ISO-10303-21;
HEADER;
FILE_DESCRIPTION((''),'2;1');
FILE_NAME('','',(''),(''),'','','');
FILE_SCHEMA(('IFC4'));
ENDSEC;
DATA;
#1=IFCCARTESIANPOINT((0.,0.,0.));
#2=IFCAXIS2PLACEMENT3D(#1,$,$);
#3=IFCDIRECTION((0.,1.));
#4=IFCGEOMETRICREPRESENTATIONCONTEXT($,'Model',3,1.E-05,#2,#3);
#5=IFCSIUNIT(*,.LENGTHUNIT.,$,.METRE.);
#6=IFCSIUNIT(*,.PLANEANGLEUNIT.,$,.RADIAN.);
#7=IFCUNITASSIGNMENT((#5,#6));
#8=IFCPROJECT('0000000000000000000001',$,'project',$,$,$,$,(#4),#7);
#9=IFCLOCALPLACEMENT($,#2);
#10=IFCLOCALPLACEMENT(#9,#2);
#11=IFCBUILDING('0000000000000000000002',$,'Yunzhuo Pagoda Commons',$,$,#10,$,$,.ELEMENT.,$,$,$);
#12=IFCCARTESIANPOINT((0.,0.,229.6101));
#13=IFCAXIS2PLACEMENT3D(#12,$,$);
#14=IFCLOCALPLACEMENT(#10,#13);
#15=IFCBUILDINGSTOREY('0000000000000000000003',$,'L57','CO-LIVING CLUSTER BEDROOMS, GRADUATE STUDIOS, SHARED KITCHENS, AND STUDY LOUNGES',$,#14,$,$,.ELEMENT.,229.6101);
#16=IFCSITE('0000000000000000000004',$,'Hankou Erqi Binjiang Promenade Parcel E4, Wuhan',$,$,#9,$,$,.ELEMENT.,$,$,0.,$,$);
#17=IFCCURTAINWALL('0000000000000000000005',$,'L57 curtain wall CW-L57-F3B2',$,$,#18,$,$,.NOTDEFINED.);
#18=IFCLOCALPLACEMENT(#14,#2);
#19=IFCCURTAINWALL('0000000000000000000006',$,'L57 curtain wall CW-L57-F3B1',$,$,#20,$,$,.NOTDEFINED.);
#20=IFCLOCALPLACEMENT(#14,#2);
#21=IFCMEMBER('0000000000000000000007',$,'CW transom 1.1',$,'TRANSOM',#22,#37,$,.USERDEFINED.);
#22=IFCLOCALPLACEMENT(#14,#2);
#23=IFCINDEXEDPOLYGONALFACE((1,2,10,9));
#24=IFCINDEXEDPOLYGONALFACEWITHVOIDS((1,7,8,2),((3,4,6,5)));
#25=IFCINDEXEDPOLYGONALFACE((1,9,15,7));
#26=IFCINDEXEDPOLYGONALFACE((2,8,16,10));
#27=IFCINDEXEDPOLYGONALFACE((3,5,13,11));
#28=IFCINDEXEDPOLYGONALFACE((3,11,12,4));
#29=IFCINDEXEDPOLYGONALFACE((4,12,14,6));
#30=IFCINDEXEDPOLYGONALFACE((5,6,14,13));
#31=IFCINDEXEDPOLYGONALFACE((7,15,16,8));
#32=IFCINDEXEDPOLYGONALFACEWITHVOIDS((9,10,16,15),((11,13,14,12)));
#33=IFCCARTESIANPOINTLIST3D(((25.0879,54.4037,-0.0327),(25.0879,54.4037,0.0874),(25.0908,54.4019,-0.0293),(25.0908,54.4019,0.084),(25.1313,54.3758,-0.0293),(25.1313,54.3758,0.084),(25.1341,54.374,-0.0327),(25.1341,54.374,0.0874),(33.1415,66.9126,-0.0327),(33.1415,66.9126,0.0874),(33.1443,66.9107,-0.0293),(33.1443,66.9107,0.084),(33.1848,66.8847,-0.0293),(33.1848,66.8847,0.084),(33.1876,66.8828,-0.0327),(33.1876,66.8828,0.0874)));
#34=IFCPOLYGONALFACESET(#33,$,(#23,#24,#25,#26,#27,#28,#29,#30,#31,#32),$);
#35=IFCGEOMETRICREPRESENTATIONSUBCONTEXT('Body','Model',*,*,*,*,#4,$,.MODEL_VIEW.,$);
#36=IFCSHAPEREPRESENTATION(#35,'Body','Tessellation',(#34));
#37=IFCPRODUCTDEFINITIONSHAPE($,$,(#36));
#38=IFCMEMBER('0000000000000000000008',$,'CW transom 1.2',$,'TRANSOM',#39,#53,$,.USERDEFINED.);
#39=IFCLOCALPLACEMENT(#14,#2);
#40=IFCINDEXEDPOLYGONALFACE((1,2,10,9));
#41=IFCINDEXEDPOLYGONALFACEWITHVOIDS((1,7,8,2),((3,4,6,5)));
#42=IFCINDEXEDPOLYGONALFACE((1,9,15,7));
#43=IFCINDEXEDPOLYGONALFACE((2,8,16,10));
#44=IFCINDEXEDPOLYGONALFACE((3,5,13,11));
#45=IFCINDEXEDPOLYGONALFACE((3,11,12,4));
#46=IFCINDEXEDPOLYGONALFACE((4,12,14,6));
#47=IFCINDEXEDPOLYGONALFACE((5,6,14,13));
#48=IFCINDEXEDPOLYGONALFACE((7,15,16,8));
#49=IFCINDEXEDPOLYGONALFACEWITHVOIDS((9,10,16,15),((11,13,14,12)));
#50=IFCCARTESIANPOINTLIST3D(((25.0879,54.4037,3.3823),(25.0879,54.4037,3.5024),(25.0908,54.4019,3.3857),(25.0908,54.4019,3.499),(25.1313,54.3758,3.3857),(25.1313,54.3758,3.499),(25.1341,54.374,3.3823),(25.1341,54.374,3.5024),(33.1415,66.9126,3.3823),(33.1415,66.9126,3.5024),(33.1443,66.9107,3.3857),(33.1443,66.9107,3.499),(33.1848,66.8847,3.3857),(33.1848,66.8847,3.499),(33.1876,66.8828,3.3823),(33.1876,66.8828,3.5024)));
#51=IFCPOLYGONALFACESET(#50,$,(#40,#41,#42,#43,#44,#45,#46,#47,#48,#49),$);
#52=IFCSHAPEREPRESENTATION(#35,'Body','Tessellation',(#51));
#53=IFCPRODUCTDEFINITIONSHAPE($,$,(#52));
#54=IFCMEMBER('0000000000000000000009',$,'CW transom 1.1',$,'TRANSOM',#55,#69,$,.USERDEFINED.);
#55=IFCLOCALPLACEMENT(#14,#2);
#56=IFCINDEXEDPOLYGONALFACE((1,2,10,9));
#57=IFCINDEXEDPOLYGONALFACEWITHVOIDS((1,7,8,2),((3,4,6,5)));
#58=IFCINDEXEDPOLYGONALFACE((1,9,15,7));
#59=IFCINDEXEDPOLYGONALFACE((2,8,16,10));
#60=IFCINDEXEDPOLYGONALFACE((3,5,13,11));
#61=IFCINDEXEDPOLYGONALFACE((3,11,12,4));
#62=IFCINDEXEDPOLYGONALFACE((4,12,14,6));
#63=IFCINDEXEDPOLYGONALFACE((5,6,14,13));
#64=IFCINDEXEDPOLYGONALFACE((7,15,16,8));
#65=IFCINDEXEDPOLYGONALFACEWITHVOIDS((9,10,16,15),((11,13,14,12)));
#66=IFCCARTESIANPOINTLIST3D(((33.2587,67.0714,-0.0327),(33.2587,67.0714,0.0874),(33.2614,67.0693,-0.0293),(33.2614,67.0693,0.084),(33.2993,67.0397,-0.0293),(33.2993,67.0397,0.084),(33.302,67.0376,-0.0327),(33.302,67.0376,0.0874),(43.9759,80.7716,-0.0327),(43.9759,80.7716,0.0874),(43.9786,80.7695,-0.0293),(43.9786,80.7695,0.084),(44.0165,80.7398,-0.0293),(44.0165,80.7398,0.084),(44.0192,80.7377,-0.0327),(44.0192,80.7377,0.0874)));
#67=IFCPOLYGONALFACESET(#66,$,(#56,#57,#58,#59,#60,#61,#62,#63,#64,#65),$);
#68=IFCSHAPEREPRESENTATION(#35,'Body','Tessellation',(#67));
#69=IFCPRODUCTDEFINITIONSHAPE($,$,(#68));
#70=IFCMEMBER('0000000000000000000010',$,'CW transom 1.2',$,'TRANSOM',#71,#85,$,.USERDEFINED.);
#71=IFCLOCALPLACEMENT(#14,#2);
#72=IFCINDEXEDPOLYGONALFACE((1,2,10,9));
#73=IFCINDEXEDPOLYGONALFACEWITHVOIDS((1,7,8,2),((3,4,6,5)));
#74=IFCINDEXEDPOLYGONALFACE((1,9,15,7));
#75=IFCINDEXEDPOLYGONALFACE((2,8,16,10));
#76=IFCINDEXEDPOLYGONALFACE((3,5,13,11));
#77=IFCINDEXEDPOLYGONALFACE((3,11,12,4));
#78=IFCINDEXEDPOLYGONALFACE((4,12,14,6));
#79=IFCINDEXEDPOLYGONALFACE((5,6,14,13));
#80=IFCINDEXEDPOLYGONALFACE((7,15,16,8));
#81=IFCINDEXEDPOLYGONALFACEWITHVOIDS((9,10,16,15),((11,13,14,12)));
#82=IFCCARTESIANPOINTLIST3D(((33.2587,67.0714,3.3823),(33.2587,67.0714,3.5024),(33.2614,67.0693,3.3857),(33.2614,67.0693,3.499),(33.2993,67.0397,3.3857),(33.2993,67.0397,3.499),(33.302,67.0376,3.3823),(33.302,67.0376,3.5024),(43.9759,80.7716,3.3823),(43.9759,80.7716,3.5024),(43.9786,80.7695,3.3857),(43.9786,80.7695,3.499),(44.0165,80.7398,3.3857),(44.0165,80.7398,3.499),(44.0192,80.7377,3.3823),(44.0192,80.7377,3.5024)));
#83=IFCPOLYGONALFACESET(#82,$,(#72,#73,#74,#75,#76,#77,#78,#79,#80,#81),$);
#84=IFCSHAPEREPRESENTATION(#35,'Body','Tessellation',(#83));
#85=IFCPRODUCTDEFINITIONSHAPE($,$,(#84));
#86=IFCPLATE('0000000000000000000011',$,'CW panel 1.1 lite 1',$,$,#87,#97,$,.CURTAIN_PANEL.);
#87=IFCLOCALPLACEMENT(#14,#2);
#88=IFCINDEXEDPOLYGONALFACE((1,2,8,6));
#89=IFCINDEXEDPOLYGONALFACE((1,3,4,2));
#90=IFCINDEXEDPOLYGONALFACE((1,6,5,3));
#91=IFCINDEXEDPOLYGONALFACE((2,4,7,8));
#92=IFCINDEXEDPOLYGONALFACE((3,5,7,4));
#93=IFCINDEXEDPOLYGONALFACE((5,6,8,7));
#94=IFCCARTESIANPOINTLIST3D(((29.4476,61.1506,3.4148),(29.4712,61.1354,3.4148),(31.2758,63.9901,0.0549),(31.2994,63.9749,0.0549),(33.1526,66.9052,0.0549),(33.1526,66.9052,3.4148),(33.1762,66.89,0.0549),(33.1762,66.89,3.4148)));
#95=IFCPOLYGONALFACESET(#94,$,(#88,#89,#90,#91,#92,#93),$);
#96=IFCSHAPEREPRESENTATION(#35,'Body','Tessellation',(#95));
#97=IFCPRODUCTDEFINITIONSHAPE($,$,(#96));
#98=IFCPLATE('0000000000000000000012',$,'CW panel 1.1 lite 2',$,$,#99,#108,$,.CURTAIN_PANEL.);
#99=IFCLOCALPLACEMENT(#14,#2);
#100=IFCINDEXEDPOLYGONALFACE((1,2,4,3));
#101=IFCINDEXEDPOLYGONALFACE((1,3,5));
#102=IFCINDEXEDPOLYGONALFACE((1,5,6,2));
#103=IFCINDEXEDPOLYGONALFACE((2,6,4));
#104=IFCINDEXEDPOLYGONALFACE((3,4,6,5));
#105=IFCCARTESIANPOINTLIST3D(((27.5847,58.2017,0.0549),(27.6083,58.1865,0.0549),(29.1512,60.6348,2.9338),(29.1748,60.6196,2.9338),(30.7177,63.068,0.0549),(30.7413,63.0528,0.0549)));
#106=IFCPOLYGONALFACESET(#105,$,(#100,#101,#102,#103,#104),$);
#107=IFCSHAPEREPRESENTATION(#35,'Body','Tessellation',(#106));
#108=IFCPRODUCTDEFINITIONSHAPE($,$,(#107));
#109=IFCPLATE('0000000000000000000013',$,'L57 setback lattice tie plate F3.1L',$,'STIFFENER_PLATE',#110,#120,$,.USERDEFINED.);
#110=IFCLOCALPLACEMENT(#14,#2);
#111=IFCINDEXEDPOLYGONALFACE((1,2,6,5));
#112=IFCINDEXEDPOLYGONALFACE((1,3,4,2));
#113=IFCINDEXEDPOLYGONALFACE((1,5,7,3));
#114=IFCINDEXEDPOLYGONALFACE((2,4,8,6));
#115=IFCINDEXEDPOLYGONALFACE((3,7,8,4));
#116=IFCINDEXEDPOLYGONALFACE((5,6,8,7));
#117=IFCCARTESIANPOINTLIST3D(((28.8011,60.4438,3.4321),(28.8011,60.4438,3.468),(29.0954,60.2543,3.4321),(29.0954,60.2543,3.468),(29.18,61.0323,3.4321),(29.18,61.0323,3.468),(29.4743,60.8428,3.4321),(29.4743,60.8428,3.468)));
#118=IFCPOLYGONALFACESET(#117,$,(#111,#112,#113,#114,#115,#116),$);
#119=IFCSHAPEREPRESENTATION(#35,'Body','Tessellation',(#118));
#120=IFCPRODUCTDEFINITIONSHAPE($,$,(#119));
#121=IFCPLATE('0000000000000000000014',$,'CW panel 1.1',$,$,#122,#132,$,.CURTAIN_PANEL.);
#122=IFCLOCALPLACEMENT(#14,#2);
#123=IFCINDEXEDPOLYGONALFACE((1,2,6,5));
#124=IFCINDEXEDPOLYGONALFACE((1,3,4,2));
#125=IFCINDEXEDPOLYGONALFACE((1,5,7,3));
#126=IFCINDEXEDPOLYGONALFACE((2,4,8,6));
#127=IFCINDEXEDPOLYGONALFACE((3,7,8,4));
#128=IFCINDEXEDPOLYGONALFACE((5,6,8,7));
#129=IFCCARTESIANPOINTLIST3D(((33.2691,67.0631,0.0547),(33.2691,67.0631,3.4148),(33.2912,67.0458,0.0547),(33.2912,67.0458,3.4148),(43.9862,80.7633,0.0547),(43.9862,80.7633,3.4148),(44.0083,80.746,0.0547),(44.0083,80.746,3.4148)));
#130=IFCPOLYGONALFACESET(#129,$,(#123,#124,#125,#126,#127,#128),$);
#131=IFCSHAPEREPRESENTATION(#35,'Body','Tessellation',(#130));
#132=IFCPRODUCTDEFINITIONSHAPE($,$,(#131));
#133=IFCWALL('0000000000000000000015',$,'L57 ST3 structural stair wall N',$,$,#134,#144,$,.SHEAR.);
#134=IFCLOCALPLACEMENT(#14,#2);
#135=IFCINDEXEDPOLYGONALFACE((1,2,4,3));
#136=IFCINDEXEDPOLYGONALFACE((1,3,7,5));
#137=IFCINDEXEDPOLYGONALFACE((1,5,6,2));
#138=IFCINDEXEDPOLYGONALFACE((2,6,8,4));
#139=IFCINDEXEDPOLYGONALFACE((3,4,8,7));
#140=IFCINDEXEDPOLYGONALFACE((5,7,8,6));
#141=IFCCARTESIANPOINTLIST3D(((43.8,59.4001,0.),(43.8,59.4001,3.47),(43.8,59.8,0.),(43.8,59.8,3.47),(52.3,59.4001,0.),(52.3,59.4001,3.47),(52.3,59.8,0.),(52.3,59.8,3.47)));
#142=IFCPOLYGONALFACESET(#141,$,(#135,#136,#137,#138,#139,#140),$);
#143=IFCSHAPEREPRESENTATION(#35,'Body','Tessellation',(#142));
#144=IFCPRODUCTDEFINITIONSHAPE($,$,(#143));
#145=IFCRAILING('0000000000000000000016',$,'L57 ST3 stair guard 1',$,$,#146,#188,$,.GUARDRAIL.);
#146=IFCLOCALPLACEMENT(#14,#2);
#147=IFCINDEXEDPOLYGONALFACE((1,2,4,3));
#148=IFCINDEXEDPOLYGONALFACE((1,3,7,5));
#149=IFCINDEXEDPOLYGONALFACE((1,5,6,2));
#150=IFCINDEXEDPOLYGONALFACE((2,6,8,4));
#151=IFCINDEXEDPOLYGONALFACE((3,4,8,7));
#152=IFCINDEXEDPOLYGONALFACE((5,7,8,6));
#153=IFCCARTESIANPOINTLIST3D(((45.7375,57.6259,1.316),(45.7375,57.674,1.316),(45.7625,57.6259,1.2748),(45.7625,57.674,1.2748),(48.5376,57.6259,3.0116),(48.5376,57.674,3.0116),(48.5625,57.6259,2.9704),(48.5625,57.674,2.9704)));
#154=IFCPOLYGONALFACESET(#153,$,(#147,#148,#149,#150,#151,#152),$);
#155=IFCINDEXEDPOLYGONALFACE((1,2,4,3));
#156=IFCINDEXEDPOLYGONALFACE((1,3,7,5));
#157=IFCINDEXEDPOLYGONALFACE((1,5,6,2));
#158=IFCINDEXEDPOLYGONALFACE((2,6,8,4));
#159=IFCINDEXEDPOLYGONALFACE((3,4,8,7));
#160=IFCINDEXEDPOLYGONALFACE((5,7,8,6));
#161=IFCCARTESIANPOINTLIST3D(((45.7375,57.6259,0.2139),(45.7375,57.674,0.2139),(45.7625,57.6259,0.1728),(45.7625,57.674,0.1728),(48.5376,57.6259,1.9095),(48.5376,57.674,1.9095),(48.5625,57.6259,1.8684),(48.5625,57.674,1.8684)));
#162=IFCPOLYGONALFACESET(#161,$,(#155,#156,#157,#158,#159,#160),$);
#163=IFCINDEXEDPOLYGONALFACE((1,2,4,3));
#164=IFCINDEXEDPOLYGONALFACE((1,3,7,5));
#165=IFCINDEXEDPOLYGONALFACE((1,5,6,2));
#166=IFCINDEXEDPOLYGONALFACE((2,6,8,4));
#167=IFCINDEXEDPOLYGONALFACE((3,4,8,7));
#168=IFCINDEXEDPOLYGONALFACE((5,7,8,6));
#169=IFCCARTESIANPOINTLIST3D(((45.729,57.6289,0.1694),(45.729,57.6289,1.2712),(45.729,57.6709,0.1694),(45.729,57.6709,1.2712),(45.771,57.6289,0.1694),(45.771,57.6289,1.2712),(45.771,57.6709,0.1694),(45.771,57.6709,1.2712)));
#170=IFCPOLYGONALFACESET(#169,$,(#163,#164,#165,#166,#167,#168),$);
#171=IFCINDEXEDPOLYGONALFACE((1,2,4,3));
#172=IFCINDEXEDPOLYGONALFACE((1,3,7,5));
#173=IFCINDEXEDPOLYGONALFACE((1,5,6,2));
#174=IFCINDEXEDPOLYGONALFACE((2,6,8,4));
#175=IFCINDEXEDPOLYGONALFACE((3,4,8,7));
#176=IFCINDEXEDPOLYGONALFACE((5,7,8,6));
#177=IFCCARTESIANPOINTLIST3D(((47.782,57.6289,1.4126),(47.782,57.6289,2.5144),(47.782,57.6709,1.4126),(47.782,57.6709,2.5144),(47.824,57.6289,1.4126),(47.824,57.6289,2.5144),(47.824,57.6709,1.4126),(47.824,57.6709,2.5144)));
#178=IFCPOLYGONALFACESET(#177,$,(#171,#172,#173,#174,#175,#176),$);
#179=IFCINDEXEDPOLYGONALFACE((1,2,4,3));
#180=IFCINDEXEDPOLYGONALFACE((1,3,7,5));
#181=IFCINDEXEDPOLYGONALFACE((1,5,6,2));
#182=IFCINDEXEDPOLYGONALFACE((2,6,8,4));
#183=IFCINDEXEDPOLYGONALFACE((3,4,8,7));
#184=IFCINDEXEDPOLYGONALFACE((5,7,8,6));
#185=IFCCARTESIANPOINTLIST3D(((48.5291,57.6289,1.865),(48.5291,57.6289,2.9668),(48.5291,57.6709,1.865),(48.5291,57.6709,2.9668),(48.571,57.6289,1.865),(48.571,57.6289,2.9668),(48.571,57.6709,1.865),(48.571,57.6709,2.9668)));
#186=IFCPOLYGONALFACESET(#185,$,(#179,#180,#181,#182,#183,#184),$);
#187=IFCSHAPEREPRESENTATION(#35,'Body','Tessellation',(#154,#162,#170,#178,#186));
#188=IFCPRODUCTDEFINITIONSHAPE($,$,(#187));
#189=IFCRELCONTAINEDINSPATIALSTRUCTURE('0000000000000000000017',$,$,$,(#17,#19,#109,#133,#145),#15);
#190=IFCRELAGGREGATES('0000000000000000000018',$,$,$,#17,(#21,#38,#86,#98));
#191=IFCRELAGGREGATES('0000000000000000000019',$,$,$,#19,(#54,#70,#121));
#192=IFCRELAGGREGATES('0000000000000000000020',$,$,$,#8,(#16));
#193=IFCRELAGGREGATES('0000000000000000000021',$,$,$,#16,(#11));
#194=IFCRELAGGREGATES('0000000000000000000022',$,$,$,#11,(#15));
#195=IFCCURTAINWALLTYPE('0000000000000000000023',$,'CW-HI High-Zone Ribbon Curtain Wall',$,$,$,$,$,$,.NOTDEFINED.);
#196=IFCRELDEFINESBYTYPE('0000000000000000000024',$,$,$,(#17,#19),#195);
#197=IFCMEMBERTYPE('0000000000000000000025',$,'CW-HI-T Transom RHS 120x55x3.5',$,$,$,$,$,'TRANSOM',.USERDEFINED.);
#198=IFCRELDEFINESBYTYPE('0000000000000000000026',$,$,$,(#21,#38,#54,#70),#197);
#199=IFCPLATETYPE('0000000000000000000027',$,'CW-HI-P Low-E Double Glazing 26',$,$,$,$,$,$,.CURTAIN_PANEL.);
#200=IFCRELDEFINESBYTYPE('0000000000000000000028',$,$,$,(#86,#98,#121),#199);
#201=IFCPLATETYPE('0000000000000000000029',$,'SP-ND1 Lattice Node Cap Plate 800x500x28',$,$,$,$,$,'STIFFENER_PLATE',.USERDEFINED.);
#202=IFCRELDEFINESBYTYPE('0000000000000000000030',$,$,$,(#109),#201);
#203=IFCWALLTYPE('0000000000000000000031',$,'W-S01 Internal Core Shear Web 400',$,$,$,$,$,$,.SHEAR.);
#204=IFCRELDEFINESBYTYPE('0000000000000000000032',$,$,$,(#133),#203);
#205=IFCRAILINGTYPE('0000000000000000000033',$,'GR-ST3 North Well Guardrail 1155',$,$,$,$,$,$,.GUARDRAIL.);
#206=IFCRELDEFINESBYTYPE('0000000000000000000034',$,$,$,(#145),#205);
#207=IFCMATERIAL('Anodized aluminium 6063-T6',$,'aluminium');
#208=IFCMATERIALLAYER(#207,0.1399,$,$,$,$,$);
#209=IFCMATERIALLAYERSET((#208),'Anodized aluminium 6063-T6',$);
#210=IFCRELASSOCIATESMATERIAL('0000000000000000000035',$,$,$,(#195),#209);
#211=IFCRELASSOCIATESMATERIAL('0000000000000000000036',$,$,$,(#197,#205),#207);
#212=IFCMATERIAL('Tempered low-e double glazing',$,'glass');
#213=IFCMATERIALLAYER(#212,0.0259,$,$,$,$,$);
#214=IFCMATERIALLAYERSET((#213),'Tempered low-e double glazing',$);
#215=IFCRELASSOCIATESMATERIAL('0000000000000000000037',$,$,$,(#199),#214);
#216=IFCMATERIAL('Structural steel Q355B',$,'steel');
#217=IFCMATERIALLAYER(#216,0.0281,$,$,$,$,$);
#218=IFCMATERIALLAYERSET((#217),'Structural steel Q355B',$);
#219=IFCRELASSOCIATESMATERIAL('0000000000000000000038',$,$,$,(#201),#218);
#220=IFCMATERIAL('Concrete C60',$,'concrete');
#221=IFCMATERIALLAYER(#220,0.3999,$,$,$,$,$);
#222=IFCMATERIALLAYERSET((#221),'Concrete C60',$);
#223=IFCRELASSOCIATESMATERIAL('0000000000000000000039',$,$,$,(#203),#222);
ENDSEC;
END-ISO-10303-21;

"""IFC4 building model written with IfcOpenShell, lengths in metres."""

from ifc_helpers import new_model, si_unit, direction, frame, frame_2d, origin, origin_2d, place, context, subcontext, project, spatial, polyline, rectangle, hollow_rectangle, outline, extrude, source, transform, mapped, material, layer, layer_set, material_profile, profile_set, type_object, element, aggregate, save


model = new_model("IFC4")

# Units and contexts
model_context = context("Model", 3, precision=1e-05, world=origin(), true_north=direction((0.0, 1.0)))
body_context = subcontext(model_context, "Body", "Model", "MODEL_VIEW")
ifc_project = project(units=[si_unit("LENGTHUNIT", "METRE"), si_unit("PLANEANGLEUNIT", "RADIAN")], contexts=[model_context])

# Site, building, storey
site_placement = place(None, origin())
site = spatial("IfcSite", under=ifc_project, at=site_placement, Name="Hankou Erqi Binjiang Promenade Parcel E4, Wuhan", CompositionType="ELEMENT", RefElevation=0.0)
building_placement = place(site_placement, origin())
building = spatial("IfcBuilding", under=site, at=building_placement, Name="Yunzhuo Pagoda Commons", CompositionType="ELEMENT")
storey_placement = place(building_placement, frame((0.0, 0.0, 229.6101)))
storey = spatial("IfcBuildingStorey", under=building, at=storey_placement, Name="L57", Description="CO-LIVING CLUSTER BEDROOMS, GRADUATE STUDIOS, SHARED KITCHENS, AND STUDY LOUNGES", CompositionType="ELEMENT", Elevation=229.6101)

# Shared definitions
ifc_material_1 = material(Name="Structural steel Q355B", Category="steel")

# Curtain wall
ifc_material_2 = material(Name="Anodized aluminium 6063-T6", Category="aluminium")
ifc_layer_1 = layer(ifc_material_2, 0.1399)
ifc_layer_set_1 = layer_set([ifc_layer_1], Name="Anodized aluminium 6063-T6")
curtain_wall_type = type_object("IfcCurtainWallType", Name="CW-HI High-Zone Ribbon Curtain Wall", PredefinedType="NOTDEFINED", material=ifc_layer_set_1)
curtain_wall_1_placement = place(storey_placement, origin())
curtain_wall_1 = element("IfcCurtainWall", 1, at=curtain_wall_1_placement, inside=storey, type_object=curtain_wall_type, Name="L57 curtain wall CW-L57-F3B2", PredefinedType="NOTDEFINED")

# Curtain wall
curtain_wall_2_placement = place(storey_placement, origin())
curtain_wall_2 = element("IfcCurtainWall", 2, at=curtain_wall_2_placement, inside=storey, type_object=curtain_wall_type, Name="L57 curtain wall CW-L57-F3B1", PredefinedType="NOTDEFINED")

# Members
ifc_material_profile_1 = material_profile(ifc_material_2, hollow_rectangle(XDim=0.0549, YDim=0.1201, WallThickness=0.0034, at=origin_2d()), Name="Anodized aluminium 6063-T6")
ifc_profile_set_1 = profile_set([ifc_material_profile_1], Name="Anodized aluminium 6063-T6")
member_type_1 = type_object("IfcMemberType", Name="CW-HI-T Transom RHS 120x55x3.5", ElementType="TRANSOM", PredefinedType="USERDEFINED", material=ifc_profile_set_1)
shared_shape_1 = source(origin(), body_context, "Body", "SweptSolid", [
    extrude(hollow_rectangle(XDim=0.0549, YDim=0.1201, WallThickness=0.0034, at=origin_2d()), origin(), (0.0, 0.0, 1.0), 14.8772),
])
member_1_placement = place(storey_placement, frame((33.1646, 66.8977, 0.0273), z_axis=(-0.541333, -0.840808, 0.0), x_axis=(0.840808, -0.541333, 0.0)))
member_1 = element("IfcMember", 3, at=member_1_placement, type_object=member_type_1, Name="CW transom 1.1", ObjectType="TRANSOM", PredefinedType="USERDEFINED", context=body_context, shape_type="MappedRepresentation", body=[
    mapped(shared_shape_1, transform((0.0, 0.0, 0.0), scale=1.0)),
])
member_2_placement = place(storey_placement, frame((33.1646, 66.8977, 3.4424), z_axis=(-0.541333, -0.840808, 0.0), x_axis=(0.840808, -0.541333, 0.0)))
member_2 = element("IfcMember", 4, at=member_2_placement, type_object=member_type_1, Name="CW transom 1.2", ObjectType="TRANSOM", PredefinedType="USERDEFINED", context=body_context, shape_type="MappedRepresentation", body=[
    mapped(shared_shape_1, transform((0.0, 0.0, 0.0), scale=1.0)),
])
shared_shape_2 = source(origin(), body_context, "Body", "SweptSolid", [
    extrude(hollow_rectangle(XDim=0.0549, YDim=0.1201, WallThickness=0.0034, at=origin_2d()), origin(), (0.0, 0.0, 1.0), 17.394),
])
member_3_placement = place(storey_placement, frame((43.9976, 80.7546, 0.0273), z_axis=(-0.616144, -0.787634, 0.0), x_axis=(0.787634, -0.616144, 0.0)))
member_3 = element("IfcMember", 5, at=member_3_placement, type_object=member_type_1, Name="CW transom 1.1", ObjectType="TRANSOM", PredefinedType="USERDEFINED", context=body_context, shape_type="MappedRepresentation", body=[
    mapped(shared_shape_2, transform((0.0, 0.0, 0.0), scale=1.0)),
])
member_4_placement = place(storey_placement, frame((43.9976, 80.7546, 3.4424), z_axis=(-0.616144, -0.787634, 0.0), x_axis=(0.787634, -0.616144, 0.0)))
member_4 = element("IfcMember", 6, at=member_4_placement, type_object=member_type_1, Name="CW transom 1.2", ObjectType="TRANSOM", PredefinedType="USERDEFINED", context=body_context, shape_type="MappedRepresentation", body=[
    mapped(shared_shape_2, transform((0.0, 0.0, 0.0), scale=1.0)),
])

# Plates
ifc_material_3 = material(Name="Tempered low-e double glazing", Category="glass")
ifc_layer_2 = layer(ifc_material_3, 0.0259)
ifc_layer_set_2 = layer_set([ifc_layer_2], Name="Tempered low-e double glazing")
plate_type_1 = type_object("IfcPlateType", Name="CW-HI-P Low-E Double Glazing 26", PredefinedType="CURTAIN_PANEL", material=ifc_layer_set_2)
plate_1_placement = place(storey_placement, frame((31.3237, 64.0127, 1.7349), z_axis=(-0.840807, 0.541334, 0.0), x_axis=(-0.541334, -0.840807, 0.0)))
plate_1 = element("IfcPlate", 7, at=plate_1_placement, type_object=plate_type_1, Name="CW panel 1.1 lite 1", PredefinedType="CURTAIN_PANEL", context=body_context, shape_type="SweptSolid", body=[
    extrude(outline(polyline([(-3.4221, -1.6799), (0.0449, -1.6799), (3.4221, 1.6799), (-3.4221, 1.6799), (-3.4221, -1.6799)])), origin(), (0.0, 0.0, 1.0), 0.0281),
])
plate_2_placement = place(storey_placement, frame((29.1748, 60.6196, 1.4944), z_axis=(-0.840807, 0.541334, 0.0), x_axis=(-0.541334, -0.840807, 0.0)))
plate_2 = element("IfcPlate", 8, at=plate_2_placement, type_object=plate_type_1, Name="CW panel 1.1 lite 2", PredefinedType="CURTAIN_PANEL", context=body_context, shape_type="SweptSolid", body=[
    extrude(outline(polyline([(-2.8938, -1.4395), (2.8938, -1.4395), (0.0, 1.4395), (-2.8938, -1.4395)])), origin(), (0.0, 0.0, 1.0), 0.0281),
])
aggregate(curtain_wall_1, [member_1, member_2, plate_1, plate_2])
ifc_layer_3 = layer(ifc_material_1, 0.0281)
ifc_layer_set_3 = layer_set([ifc_layer_3], Name="Structural steel Q355B")
plate_type_2 = type_object("IfcPlateType", Name="SP-ND1 Lattice Node Cap Plate 800x500x28", ElementType="STIFFENER_PLATE", PredefinedType="USERDEFINED", material=ifc_layer_set_3)
shared_shape_3 = source(origin(), body_context, "Body", "SweptSolid", [
    extrude(rectangle(XDim=0.7, YDim=0.3501, at=origin_2d()), origin(), (0.0, 0.0, 1.0), 0.0359),
])
plate_3_placement = place(storey_placement, frame((29.1377, 60.6433, 3.4321), z_axis=(0.0, 0.0, 1.0), x_axis=(-0.541341, -0.840803, 0.0)))
element("IfcPlate", 9, at=plate_3_placement, inside=storey, type_object=plate_type_2, Name="L57 setback lattice tie plate F3.1L", ObjectType="STIFFENER_PLATE", PredefinedType="USERDEFINED", context=body_context, shape_type="MappedRepresentation", body=[
    mapped(shared_shape_3, transform((0.0, 0.0, 0.0), scale=1.0)),
])
shared_shape_4 = source(origin(), body_context, "Body", "SweptSolid", [
    extrude(rectangle(XDim=17.394, YDim=0.0281, at=origin_2d()), origin(), (0.0, 0.0, 1.0), 3.3601),
])
plate_4_placement = place(storey_placement, frame((38.6387, 73.9045, 0.0547), z_axis=(0.0, 0.0, 1.0), x_axis=(-0.616136, -0.787639, 0.0)))
plate_4 = element("IfcPlate", 10, at=plate_4_placement, type_object=plate_type_1, Name="CW panel 1.1", PredefinedType="CURTAIN_PANEL", context=body_context, shape_type="MappedRepresentation", body=[
    mapped(shared_shape_4, transform((0.0, 0.0, 0.0), scale=1.0)),
])
aggregate(curtain_wall_2, [member_3, member_4, plate_4])

# Wall
ifc_material_4 = material(Name="Concrete C60", Category="concrete")
ifc_layer_4 = layer(ifc_material_4, 0.3999)
ifc_layer_set_4 = layer_set([ifc_layer_4], Name="Concrete C60")
wall_type = type_object("IfcWallType", Name="W-S01 Internal Core Shear Web 400", PredefinedType="SHEAR", material=ifc_layer_set_4)
wall_placement = place(storey_placement, frame((43.8, 59.6001, 0.0), z_axis=(0.0, 0.0, 1.0), x_axis=(1.0, 0.0, 0.0)))
element("IfcWall", 11, at=wall_placement, inside=storey, type_object=wall_type, Name="L57 ST3 structural stair wall N", PredefinedType="SHEAR", context=body_context, shape_type="SweptSolid", body=[
    extrude(rectangle(XDim=8.5, YDim=0.3999, at=frame_2d((4.25, 0.0))), origin(), (0.0, 0.0, 1.0), 3.47),
])

# Railing
railing_type = type_object("IfcRailingType", Name="GR-ST3 North Well Guardrail 1155", PredefinedType="GUARDRAIL", material=ifc_material_2)
railing_1_placement = place(storey_placement, frame((45.75, 57.6499, 0.1694)))
element("IfcRailing", 12, at=railing_1_placement, inside=storey, type_object=railing_type, Name="L57 ST3 stair guard 1", PredefinedType="GUARDRAIL", context=body_context, shape_type="SweptSolid", body=[
    extrude(rectangle(XDim=0.0481, YDim=0.0481, at=origin_2d()), frame((0.0, 0.0, 1.126), z_axis=(0.855393, 0.0, 0.517979), x_axis=(0.0, 1.0, 0.0)), (0.0, 0.0, 1.0), 3.2734),
    extrude(rectangle(XDim=0.0481, YDim=0.0481, at=origin_2d()), frame((0.0, 0.0, 0.0239), z_axis=(0.855393, 0.0, 0.517979), x_axis=(0.0, 1.0, 0.0)), (0.0, 0.0, 1.0), 3.2734),
    extrude(rectangle(XDim=0.042, YDim=0.042, at=origin_2d()), origin(), (0.0, 0.0, 1.0), 1.1018),
    extrude(rectangle(XDim=0.042, YDim=0.042, at=origin_2d()), frame((2.053, 0.0, 1.2432)), (0.0, 0.0, 1.0), 1.1018),
    extrude(rectangle(XDim=0.042, YDim=0.042, at=origin_2d()), frame((2.8, 0.0, 1.6956)), (0.0, 0.0, 1.0), 1.1018),
])

save(model, "model.ifc")
